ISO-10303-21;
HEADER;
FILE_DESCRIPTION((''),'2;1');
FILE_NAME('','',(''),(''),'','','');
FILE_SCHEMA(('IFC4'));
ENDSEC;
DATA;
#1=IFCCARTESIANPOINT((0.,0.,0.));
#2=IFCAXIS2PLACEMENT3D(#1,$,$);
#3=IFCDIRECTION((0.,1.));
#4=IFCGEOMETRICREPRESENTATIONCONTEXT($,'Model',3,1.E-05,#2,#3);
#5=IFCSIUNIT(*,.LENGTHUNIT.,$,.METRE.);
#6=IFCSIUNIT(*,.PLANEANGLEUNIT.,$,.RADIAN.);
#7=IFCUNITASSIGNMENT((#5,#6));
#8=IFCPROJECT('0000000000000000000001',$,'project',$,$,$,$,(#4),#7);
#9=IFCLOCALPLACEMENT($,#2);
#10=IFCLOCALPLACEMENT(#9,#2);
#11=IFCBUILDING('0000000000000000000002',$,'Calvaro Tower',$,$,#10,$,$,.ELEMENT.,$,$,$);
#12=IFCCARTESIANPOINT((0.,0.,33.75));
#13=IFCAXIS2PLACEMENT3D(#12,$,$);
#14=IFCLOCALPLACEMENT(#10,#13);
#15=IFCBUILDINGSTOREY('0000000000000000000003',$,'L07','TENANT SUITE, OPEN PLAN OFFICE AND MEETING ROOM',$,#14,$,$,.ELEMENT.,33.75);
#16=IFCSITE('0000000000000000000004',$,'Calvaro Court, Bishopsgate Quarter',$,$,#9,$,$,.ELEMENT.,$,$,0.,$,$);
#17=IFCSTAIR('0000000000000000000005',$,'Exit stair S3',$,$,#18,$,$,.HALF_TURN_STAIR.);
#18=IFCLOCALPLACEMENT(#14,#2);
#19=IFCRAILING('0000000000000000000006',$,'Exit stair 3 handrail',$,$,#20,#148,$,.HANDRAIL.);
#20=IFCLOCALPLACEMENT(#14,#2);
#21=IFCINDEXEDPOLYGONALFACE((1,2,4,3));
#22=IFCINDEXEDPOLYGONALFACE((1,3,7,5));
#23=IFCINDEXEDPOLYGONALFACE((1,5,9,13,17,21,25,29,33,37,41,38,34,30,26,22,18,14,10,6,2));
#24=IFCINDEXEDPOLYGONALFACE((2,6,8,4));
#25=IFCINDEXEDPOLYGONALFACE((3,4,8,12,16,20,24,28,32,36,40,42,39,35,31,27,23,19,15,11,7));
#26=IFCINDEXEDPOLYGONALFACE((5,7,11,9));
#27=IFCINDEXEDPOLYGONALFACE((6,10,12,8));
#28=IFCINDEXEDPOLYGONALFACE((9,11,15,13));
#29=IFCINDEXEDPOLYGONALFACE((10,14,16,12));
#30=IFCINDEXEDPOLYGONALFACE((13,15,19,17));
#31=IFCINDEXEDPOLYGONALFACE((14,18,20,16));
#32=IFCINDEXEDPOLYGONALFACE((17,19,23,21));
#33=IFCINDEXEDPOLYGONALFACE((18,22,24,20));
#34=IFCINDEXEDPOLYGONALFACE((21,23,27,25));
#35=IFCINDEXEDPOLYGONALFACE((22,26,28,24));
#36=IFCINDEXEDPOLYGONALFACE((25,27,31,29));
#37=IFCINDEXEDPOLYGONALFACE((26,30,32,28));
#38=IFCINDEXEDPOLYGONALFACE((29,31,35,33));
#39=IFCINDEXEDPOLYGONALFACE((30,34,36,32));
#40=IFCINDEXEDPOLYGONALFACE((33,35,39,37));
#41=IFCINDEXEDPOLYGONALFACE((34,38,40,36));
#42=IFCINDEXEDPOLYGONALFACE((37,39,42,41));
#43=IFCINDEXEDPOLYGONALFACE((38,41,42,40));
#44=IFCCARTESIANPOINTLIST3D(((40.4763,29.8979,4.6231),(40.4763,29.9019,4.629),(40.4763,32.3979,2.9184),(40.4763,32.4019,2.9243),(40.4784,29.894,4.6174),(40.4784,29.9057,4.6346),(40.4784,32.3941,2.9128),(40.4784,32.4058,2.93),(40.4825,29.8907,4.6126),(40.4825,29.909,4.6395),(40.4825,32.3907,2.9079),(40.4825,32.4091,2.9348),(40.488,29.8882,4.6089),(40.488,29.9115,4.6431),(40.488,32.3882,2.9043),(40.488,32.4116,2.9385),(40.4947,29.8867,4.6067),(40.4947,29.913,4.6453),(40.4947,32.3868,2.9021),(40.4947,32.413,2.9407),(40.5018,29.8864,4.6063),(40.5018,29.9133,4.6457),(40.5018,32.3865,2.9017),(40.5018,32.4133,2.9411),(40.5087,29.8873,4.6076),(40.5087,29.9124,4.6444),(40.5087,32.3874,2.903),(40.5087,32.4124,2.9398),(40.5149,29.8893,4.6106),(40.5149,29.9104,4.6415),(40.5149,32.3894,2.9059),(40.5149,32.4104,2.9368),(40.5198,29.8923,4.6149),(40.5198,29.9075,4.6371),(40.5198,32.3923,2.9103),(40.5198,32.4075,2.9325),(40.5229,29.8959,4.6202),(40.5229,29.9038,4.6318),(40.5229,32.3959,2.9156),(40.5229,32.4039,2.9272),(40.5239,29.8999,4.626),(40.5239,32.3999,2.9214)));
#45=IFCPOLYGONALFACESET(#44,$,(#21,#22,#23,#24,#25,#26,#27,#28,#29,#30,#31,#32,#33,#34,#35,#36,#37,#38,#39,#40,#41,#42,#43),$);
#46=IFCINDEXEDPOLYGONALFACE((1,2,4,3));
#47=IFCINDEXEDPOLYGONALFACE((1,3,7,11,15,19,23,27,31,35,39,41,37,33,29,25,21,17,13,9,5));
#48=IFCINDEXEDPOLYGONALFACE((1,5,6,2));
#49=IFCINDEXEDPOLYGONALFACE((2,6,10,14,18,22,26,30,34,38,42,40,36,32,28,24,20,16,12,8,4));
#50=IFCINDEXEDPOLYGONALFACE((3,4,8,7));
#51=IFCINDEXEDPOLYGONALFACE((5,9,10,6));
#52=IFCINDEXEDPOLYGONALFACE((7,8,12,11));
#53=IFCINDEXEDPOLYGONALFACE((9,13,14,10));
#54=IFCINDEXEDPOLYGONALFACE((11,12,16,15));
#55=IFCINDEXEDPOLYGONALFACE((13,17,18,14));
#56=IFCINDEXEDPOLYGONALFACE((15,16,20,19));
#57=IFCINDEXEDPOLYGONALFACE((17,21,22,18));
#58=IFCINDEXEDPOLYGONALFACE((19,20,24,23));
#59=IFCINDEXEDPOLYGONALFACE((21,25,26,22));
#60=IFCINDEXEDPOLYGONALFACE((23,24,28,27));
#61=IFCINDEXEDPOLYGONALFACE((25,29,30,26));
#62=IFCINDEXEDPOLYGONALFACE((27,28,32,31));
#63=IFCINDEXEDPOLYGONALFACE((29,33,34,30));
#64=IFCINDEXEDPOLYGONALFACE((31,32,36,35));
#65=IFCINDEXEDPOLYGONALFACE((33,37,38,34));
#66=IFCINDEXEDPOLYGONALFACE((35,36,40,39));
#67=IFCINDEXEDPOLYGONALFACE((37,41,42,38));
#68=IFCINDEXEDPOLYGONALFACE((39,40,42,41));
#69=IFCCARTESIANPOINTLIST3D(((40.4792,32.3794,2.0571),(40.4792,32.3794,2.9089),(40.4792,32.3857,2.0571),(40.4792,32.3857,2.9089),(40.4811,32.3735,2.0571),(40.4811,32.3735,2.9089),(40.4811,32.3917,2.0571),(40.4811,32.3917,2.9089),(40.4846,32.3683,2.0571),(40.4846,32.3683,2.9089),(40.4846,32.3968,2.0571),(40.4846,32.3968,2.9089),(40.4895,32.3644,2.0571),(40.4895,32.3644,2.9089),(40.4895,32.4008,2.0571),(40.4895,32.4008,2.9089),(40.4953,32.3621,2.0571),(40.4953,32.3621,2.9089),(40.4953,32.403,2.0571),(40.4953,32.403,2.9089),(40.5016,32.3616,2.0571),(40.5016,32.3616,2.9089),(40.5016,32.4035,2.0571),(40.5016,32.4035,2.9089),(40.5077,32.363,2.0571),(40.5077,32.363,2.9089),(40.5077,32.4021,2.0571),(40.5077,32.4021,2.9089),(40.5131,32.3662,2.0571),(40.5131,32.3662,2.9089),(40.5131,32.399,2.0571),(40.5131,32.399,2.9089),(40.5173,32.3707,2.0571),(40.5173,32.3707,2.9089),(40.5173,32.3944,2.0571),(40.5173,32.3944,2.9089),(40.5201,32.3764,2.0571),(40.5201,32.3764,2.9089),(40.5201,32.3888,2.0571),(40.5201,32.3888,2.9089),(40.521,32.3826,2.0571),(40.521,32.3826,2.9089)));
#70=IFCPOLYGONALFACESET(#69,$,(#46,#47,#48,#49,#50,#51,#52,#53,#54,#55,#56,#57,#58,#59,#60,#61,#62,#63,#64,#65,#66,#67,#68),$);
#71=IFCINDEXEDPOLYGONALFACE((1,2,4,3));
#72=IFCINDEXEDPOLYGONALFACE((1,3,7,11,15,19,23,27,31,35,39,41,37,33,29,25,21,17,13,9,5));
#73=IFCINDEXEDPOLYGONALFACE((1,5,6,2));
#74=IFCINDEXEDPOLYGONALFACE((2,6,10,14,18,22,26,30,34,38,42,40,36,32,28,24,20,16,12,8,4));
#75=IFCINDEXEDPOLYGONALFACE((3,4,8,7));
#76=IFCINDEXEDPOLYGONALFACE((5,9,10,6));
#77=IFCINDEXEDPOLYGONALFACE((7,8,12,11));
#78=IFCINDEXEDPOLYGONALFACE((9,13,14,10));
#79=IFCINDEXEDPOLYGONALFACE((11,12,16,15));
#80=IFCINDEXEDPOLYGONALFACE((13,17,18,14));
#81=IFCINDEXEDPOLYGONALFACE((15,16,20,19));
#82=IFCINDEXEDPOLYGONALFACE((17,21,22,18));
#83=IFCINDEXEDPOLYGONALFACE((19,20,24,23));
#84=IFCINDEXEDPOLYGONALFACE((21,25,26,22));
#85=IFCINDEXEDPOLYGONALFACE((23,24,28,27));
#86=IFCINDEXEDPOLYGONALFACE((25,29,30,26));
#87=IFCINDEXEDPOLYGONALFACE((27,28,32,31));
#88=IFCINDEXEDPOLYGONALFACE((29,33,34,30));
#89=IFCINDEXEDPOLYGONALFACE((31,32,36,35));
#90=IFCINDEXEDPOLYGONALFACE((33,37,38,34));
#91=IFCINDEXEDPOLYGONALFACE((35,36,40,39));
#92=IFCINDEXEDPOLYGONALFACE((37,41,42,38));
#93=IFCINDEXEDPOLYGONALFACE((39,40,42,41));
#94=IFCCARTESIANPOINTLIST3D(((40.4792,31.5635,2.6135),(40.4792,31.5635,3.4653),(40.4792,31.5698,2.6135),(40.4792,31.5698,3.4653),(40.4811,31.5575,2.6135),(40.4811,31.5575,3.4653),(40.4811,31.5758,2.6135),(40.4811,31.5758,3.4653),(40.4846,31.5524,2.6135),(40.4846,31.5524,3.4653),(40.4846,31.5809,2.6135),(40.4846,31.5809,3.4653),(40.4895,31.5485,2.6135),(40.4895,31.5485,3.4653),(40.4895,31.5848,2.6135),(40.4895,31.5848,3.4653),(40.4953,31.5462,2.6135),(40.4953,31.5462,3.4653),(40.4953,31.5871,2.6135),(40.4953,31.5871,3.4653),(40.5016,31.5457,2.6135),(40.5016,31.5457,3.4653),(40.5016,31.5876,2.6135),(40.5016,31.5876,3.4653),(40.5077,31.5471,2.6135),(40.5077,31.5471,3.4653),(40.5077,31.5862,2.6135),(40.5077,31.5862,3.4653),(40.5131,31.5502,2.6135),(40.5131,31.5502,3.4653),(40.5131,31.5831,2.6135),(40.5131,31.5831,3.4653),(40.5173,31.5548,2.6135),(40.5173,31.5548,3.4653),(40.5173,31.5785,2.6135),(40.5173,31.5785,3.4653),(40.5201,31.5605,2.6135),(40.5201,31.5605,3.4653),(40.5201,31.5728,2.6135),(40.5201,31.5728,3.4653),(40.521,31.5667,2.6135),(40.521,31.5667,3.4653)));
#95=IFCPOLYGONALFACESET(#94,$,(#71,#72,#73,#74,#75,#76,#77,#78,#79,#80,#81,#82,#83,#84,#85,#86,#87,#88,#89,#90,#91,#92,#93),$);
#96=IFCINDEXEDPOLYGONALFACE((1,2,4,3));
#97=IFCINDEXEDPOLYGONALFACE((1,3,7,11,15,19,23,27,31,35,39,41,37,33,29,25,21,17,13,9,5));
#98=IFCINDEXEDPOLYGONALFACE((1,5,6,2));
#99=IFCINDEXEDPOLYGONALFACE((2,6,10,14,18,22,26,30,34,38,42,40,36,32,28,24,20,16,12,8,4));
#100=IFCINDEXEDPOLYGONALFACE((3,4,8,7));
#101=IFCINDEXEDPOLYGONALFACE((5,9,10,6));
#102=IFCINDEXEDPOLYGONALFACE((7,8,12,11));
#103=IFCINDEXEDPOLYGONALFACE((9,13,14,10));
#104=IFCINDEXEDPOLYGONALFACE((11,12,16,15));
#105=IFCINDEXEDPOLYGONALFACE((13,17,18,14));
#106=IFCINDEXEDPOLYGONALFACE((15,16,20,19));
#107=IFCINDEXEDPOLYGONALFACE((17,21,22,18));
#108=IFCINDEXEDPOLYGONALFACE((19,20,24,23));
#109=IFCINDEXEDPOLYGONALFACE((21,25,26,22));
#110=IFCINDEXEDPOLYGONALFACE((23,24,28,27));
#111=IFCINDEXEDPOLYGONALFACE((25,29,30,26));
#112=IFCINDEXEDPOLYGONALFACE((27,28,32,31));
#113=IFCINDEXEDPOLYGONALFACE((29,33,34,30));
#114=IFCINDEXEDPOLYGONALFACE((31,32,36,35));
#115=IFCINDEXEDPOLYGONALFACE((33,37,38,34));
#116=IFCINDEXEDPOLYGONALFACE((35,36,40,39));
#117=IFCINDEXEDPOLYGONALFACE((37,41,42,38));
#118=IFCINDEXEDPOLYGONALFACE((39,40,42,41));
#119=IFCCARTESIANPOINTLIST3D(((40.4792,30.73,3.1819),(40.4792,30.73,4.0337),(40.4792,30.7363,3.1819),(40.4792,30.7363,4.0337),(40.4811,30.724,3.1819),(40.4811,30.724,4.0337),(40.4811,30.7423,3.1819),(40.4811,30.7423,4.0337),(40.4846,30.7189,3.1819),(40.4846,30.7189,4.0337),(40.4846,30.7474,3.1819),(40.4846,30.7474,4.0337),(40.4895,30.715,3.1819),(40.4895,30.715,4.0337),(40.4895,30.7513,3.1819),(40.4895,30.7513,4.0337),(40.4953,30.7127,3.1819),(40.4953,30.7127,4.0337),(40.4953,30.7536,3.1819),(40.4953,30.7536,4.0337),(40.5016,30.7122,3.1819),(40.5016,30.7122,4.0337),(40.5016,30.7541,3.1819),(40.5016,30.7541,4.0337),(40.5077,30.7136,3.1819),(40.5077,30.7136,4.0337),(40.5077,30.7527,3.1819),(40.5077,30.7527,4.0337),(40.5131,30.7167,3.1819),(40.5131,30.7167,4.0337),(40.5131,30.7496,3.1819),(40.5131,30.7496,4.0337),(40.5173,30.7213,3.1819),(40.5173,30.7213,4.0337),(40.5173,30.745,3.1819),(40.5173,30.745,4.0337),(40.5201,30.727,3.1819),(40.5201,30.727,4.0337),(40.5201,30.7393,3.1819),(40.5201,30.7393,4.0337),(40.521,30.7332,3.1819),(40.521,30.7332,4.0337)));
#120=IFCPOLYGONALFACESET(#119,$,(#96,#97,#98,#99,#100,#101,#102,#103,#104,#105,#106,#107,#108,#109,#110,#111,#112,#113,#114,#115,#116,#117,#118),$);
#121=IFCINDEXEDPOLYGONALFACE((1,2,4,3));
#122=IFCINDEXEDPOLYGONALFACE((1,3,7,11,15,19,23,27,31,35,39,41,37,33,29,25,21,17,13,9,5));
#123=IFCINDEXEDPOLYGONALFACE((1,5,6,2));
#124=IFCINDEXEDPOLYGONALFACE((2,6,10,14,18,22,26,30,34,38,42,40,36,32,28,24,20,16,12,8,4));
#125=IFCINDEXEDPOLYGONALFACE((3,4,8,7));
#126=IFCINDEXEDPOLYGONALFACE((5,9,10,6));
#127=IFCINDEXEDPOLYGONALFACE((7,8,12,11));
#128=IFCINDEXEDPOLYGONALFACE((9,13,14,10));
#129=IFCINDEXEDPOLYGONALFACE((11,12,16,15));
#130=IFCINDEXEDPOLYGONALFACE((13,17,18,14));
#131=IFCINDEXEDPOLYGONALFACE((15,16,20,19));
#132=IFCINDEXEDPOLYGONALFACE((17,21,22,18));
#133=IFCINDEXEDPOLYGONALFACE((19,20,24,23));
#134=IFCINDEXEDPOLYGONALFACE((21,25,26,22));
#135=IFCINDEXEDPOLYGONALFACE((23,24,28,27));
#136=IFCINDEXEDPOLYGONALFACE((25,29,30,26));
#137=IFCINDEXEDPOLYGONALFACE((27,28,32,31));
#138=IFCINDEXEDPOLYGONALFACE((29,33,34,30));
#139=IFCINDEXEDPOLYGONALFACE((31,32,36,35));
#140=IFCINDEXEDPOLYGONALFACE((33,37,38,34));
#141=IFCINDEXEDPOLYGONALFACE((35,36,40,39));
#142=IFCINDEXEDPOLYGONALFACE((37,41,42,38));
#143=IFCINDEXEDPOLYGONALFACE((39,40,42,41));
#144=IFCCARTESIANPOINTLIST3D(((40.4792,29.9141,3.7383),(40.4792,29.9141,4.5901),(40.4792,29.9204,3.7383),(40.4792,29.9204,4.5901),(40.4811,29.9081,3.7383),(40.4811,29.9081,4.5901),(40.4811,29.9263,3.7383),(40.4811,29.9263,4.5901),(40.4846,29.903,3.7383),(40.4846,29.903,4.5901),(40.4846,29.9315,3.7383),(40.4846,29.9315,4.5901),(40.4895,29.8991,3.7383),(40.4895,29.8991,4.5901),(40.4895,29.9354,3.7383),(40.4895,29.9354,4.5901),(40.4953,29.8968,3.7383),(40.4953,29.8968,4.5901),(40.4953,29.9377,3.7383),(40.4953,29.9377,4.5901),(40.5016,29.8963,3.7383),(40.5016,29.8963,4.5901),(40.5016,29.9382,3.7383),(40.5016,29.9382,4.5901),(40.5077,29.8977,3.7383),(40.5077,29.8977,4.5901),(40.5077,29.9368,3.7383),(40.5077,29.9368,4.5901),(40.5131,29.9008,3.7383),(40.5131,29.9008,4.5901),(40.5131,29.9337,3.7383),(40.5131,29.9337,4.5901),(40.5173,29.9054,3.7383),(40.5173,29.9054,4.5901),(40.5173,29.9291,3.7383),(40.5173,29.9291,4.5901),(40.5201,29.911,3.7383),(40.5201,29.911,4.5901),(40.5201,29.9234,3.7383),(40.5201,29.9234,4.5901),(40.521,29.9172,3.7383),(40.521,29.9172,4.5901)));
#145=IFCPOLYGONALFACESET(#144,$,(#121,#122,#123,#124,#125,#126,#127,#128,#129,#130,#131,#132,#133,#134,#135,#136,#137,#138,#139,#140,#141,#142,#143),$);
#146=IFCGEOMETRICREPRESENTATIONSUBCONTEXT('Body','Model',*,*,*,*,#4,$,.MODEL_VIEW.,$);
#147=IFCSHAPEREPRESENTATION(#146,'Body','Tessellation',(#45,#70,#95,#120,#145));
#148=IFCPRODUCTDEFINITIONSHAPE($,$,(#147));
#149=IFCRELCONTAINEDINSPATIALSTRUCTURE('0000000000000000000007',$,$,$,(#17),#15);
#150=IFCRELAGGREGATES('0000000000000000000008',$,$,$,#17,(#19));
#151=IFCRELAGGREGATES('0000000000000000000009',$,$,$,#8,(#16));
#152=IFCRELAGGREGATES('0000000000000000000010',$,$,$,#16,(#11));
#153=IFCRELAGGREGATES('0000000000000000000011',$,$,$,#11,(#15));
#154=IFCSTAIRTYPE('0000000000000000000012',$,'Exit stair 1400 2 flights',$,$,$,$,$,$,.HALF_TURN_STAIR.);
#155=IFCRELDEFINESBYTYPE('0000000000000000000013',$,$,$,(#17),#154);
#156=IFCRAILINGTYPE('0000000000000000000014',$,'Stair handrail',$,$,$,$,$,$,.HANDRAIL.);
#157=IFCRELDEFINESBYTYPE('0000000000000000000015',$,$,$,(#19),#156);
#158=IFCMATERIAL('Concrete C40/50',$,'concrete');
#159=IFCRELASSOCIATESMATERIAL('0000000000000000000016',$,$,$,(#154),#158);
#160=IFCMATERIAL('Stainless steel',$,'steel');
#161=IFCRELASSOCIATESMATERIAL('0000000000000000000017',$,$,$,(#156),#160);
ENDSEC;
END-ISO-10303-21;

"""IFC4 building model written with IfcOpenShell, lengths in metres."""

from ifc_helpers import new_model, si_unit, direction, frame, origin, origin_2d, place, context, subcontext, project, spatial, circle, extrude, material, type_object, element, aggregate, save


model = new_model("IFC4")

# Units and contexts
model_context = context("Model", 3, precision=1e-05, world=origin(), true_north=direction((0.0, 1.0)))
body_context = subcontext(model_context, "Body", "Model", "MODEL_VIEW")
ifc_project = project(units=[si_unit("LENGTHUNIT", "METRE"), si_unit("PLANEANGLEUNIT", "RADIAN")], contexts=[model_context])

# Site, building, storey
site_placement = place(None, origin())
site = spatial("IfcSite", under=ifc_project, at=site_placement, Name="Calvaro Court, Bishopsgate Quarter", CompositionType="ELEMENT", RefElevation=0.0)
building_placement = place(site_placement, origin())
building = spatial("IfcBuilding", under=site, at=building_placement, Name="Calvaro Tower", CompositionType="ELEMENT")
storey_placement = place(building_placement, frame((0.0, 0.0, 33.75)))
storey = spatial("IfcBuildingStorey", under=building, at=storey_placement, Name="L07", Description="TENANT SUITE, OPEN PLAN OFFICE AND MEETING ROOM", CompositionType="ELEMENT", Elevation=33.75)

# Stair
ifc_material_1 = material(Name="Concrete C40/50", Category="concrete")
stair_type = type_object("IfcStairType", Name="Exit stair 1400 2 flights", PredefinedType="HALF_TURN_STAIR", material=ifc_material_1)
stair_1_placement = place(storey_placement, origin())
stair_1 = element("IfcStair", 1, at=stair_1_placement, inside=storey, type_object=stair_type, Name="Exit stair S3", PredefinedType="HALF_TURN_STAIR")

# Railing
ifc_material_2 = material(Name="Stainless steel", Category="steel")
railing_type = type_object("IfcRailingType", Name="Stair handrail", PredefinedType="HANDRAIL", material=ifc_material_2)
railing_1_placement = place(storey_placement, frame((40.5, 32.3999, 2.0454)))
railing_1 = element("IfcRailing", 2, at=railing_1_placement, type_object=railing_type, Name="Exit stair 3 handrail", PredefinedType="HANDRAIL", context=body_context, shape_type="SweptSolid", body=[
    extrude(circle(Radius=0.0239, at=origin_2d()), frame((0.0, 0.0, 0.876), z_axis=(0.0, -0.826221, 0.563347), x_axis=(1.0, 0.0, 0.0)), (0.0, 0.0, 1.0), 3.0259),
    extrude(circle(Radius=0.021, at=origin_2d()), frame((0.0, -0.0173, 0.0117)), (0.0, 0.0, 1.0), 0.8518),
    extrude(circle(Radius=0.021, at=origin_2d()), frame((0.0, -0.8333, 0.5681)), (0.0, 0.0, 1.0), 0.8518),
    extrude(circle(Radius=0.021, at=origin_2d()), frame((0.0, -1.6667, 1.1365)), (0.0, 0.0, 1.0), 0.8518),
    extrude(circle(Radius=0.021, at=origin_2d()), frame((0.0, -2.4827, 1.6929)), (0.0, 0.0, 1.0), 0.8518),
])
aggregate(stair_1, [railing_1])

save(model, "model.ifc")
